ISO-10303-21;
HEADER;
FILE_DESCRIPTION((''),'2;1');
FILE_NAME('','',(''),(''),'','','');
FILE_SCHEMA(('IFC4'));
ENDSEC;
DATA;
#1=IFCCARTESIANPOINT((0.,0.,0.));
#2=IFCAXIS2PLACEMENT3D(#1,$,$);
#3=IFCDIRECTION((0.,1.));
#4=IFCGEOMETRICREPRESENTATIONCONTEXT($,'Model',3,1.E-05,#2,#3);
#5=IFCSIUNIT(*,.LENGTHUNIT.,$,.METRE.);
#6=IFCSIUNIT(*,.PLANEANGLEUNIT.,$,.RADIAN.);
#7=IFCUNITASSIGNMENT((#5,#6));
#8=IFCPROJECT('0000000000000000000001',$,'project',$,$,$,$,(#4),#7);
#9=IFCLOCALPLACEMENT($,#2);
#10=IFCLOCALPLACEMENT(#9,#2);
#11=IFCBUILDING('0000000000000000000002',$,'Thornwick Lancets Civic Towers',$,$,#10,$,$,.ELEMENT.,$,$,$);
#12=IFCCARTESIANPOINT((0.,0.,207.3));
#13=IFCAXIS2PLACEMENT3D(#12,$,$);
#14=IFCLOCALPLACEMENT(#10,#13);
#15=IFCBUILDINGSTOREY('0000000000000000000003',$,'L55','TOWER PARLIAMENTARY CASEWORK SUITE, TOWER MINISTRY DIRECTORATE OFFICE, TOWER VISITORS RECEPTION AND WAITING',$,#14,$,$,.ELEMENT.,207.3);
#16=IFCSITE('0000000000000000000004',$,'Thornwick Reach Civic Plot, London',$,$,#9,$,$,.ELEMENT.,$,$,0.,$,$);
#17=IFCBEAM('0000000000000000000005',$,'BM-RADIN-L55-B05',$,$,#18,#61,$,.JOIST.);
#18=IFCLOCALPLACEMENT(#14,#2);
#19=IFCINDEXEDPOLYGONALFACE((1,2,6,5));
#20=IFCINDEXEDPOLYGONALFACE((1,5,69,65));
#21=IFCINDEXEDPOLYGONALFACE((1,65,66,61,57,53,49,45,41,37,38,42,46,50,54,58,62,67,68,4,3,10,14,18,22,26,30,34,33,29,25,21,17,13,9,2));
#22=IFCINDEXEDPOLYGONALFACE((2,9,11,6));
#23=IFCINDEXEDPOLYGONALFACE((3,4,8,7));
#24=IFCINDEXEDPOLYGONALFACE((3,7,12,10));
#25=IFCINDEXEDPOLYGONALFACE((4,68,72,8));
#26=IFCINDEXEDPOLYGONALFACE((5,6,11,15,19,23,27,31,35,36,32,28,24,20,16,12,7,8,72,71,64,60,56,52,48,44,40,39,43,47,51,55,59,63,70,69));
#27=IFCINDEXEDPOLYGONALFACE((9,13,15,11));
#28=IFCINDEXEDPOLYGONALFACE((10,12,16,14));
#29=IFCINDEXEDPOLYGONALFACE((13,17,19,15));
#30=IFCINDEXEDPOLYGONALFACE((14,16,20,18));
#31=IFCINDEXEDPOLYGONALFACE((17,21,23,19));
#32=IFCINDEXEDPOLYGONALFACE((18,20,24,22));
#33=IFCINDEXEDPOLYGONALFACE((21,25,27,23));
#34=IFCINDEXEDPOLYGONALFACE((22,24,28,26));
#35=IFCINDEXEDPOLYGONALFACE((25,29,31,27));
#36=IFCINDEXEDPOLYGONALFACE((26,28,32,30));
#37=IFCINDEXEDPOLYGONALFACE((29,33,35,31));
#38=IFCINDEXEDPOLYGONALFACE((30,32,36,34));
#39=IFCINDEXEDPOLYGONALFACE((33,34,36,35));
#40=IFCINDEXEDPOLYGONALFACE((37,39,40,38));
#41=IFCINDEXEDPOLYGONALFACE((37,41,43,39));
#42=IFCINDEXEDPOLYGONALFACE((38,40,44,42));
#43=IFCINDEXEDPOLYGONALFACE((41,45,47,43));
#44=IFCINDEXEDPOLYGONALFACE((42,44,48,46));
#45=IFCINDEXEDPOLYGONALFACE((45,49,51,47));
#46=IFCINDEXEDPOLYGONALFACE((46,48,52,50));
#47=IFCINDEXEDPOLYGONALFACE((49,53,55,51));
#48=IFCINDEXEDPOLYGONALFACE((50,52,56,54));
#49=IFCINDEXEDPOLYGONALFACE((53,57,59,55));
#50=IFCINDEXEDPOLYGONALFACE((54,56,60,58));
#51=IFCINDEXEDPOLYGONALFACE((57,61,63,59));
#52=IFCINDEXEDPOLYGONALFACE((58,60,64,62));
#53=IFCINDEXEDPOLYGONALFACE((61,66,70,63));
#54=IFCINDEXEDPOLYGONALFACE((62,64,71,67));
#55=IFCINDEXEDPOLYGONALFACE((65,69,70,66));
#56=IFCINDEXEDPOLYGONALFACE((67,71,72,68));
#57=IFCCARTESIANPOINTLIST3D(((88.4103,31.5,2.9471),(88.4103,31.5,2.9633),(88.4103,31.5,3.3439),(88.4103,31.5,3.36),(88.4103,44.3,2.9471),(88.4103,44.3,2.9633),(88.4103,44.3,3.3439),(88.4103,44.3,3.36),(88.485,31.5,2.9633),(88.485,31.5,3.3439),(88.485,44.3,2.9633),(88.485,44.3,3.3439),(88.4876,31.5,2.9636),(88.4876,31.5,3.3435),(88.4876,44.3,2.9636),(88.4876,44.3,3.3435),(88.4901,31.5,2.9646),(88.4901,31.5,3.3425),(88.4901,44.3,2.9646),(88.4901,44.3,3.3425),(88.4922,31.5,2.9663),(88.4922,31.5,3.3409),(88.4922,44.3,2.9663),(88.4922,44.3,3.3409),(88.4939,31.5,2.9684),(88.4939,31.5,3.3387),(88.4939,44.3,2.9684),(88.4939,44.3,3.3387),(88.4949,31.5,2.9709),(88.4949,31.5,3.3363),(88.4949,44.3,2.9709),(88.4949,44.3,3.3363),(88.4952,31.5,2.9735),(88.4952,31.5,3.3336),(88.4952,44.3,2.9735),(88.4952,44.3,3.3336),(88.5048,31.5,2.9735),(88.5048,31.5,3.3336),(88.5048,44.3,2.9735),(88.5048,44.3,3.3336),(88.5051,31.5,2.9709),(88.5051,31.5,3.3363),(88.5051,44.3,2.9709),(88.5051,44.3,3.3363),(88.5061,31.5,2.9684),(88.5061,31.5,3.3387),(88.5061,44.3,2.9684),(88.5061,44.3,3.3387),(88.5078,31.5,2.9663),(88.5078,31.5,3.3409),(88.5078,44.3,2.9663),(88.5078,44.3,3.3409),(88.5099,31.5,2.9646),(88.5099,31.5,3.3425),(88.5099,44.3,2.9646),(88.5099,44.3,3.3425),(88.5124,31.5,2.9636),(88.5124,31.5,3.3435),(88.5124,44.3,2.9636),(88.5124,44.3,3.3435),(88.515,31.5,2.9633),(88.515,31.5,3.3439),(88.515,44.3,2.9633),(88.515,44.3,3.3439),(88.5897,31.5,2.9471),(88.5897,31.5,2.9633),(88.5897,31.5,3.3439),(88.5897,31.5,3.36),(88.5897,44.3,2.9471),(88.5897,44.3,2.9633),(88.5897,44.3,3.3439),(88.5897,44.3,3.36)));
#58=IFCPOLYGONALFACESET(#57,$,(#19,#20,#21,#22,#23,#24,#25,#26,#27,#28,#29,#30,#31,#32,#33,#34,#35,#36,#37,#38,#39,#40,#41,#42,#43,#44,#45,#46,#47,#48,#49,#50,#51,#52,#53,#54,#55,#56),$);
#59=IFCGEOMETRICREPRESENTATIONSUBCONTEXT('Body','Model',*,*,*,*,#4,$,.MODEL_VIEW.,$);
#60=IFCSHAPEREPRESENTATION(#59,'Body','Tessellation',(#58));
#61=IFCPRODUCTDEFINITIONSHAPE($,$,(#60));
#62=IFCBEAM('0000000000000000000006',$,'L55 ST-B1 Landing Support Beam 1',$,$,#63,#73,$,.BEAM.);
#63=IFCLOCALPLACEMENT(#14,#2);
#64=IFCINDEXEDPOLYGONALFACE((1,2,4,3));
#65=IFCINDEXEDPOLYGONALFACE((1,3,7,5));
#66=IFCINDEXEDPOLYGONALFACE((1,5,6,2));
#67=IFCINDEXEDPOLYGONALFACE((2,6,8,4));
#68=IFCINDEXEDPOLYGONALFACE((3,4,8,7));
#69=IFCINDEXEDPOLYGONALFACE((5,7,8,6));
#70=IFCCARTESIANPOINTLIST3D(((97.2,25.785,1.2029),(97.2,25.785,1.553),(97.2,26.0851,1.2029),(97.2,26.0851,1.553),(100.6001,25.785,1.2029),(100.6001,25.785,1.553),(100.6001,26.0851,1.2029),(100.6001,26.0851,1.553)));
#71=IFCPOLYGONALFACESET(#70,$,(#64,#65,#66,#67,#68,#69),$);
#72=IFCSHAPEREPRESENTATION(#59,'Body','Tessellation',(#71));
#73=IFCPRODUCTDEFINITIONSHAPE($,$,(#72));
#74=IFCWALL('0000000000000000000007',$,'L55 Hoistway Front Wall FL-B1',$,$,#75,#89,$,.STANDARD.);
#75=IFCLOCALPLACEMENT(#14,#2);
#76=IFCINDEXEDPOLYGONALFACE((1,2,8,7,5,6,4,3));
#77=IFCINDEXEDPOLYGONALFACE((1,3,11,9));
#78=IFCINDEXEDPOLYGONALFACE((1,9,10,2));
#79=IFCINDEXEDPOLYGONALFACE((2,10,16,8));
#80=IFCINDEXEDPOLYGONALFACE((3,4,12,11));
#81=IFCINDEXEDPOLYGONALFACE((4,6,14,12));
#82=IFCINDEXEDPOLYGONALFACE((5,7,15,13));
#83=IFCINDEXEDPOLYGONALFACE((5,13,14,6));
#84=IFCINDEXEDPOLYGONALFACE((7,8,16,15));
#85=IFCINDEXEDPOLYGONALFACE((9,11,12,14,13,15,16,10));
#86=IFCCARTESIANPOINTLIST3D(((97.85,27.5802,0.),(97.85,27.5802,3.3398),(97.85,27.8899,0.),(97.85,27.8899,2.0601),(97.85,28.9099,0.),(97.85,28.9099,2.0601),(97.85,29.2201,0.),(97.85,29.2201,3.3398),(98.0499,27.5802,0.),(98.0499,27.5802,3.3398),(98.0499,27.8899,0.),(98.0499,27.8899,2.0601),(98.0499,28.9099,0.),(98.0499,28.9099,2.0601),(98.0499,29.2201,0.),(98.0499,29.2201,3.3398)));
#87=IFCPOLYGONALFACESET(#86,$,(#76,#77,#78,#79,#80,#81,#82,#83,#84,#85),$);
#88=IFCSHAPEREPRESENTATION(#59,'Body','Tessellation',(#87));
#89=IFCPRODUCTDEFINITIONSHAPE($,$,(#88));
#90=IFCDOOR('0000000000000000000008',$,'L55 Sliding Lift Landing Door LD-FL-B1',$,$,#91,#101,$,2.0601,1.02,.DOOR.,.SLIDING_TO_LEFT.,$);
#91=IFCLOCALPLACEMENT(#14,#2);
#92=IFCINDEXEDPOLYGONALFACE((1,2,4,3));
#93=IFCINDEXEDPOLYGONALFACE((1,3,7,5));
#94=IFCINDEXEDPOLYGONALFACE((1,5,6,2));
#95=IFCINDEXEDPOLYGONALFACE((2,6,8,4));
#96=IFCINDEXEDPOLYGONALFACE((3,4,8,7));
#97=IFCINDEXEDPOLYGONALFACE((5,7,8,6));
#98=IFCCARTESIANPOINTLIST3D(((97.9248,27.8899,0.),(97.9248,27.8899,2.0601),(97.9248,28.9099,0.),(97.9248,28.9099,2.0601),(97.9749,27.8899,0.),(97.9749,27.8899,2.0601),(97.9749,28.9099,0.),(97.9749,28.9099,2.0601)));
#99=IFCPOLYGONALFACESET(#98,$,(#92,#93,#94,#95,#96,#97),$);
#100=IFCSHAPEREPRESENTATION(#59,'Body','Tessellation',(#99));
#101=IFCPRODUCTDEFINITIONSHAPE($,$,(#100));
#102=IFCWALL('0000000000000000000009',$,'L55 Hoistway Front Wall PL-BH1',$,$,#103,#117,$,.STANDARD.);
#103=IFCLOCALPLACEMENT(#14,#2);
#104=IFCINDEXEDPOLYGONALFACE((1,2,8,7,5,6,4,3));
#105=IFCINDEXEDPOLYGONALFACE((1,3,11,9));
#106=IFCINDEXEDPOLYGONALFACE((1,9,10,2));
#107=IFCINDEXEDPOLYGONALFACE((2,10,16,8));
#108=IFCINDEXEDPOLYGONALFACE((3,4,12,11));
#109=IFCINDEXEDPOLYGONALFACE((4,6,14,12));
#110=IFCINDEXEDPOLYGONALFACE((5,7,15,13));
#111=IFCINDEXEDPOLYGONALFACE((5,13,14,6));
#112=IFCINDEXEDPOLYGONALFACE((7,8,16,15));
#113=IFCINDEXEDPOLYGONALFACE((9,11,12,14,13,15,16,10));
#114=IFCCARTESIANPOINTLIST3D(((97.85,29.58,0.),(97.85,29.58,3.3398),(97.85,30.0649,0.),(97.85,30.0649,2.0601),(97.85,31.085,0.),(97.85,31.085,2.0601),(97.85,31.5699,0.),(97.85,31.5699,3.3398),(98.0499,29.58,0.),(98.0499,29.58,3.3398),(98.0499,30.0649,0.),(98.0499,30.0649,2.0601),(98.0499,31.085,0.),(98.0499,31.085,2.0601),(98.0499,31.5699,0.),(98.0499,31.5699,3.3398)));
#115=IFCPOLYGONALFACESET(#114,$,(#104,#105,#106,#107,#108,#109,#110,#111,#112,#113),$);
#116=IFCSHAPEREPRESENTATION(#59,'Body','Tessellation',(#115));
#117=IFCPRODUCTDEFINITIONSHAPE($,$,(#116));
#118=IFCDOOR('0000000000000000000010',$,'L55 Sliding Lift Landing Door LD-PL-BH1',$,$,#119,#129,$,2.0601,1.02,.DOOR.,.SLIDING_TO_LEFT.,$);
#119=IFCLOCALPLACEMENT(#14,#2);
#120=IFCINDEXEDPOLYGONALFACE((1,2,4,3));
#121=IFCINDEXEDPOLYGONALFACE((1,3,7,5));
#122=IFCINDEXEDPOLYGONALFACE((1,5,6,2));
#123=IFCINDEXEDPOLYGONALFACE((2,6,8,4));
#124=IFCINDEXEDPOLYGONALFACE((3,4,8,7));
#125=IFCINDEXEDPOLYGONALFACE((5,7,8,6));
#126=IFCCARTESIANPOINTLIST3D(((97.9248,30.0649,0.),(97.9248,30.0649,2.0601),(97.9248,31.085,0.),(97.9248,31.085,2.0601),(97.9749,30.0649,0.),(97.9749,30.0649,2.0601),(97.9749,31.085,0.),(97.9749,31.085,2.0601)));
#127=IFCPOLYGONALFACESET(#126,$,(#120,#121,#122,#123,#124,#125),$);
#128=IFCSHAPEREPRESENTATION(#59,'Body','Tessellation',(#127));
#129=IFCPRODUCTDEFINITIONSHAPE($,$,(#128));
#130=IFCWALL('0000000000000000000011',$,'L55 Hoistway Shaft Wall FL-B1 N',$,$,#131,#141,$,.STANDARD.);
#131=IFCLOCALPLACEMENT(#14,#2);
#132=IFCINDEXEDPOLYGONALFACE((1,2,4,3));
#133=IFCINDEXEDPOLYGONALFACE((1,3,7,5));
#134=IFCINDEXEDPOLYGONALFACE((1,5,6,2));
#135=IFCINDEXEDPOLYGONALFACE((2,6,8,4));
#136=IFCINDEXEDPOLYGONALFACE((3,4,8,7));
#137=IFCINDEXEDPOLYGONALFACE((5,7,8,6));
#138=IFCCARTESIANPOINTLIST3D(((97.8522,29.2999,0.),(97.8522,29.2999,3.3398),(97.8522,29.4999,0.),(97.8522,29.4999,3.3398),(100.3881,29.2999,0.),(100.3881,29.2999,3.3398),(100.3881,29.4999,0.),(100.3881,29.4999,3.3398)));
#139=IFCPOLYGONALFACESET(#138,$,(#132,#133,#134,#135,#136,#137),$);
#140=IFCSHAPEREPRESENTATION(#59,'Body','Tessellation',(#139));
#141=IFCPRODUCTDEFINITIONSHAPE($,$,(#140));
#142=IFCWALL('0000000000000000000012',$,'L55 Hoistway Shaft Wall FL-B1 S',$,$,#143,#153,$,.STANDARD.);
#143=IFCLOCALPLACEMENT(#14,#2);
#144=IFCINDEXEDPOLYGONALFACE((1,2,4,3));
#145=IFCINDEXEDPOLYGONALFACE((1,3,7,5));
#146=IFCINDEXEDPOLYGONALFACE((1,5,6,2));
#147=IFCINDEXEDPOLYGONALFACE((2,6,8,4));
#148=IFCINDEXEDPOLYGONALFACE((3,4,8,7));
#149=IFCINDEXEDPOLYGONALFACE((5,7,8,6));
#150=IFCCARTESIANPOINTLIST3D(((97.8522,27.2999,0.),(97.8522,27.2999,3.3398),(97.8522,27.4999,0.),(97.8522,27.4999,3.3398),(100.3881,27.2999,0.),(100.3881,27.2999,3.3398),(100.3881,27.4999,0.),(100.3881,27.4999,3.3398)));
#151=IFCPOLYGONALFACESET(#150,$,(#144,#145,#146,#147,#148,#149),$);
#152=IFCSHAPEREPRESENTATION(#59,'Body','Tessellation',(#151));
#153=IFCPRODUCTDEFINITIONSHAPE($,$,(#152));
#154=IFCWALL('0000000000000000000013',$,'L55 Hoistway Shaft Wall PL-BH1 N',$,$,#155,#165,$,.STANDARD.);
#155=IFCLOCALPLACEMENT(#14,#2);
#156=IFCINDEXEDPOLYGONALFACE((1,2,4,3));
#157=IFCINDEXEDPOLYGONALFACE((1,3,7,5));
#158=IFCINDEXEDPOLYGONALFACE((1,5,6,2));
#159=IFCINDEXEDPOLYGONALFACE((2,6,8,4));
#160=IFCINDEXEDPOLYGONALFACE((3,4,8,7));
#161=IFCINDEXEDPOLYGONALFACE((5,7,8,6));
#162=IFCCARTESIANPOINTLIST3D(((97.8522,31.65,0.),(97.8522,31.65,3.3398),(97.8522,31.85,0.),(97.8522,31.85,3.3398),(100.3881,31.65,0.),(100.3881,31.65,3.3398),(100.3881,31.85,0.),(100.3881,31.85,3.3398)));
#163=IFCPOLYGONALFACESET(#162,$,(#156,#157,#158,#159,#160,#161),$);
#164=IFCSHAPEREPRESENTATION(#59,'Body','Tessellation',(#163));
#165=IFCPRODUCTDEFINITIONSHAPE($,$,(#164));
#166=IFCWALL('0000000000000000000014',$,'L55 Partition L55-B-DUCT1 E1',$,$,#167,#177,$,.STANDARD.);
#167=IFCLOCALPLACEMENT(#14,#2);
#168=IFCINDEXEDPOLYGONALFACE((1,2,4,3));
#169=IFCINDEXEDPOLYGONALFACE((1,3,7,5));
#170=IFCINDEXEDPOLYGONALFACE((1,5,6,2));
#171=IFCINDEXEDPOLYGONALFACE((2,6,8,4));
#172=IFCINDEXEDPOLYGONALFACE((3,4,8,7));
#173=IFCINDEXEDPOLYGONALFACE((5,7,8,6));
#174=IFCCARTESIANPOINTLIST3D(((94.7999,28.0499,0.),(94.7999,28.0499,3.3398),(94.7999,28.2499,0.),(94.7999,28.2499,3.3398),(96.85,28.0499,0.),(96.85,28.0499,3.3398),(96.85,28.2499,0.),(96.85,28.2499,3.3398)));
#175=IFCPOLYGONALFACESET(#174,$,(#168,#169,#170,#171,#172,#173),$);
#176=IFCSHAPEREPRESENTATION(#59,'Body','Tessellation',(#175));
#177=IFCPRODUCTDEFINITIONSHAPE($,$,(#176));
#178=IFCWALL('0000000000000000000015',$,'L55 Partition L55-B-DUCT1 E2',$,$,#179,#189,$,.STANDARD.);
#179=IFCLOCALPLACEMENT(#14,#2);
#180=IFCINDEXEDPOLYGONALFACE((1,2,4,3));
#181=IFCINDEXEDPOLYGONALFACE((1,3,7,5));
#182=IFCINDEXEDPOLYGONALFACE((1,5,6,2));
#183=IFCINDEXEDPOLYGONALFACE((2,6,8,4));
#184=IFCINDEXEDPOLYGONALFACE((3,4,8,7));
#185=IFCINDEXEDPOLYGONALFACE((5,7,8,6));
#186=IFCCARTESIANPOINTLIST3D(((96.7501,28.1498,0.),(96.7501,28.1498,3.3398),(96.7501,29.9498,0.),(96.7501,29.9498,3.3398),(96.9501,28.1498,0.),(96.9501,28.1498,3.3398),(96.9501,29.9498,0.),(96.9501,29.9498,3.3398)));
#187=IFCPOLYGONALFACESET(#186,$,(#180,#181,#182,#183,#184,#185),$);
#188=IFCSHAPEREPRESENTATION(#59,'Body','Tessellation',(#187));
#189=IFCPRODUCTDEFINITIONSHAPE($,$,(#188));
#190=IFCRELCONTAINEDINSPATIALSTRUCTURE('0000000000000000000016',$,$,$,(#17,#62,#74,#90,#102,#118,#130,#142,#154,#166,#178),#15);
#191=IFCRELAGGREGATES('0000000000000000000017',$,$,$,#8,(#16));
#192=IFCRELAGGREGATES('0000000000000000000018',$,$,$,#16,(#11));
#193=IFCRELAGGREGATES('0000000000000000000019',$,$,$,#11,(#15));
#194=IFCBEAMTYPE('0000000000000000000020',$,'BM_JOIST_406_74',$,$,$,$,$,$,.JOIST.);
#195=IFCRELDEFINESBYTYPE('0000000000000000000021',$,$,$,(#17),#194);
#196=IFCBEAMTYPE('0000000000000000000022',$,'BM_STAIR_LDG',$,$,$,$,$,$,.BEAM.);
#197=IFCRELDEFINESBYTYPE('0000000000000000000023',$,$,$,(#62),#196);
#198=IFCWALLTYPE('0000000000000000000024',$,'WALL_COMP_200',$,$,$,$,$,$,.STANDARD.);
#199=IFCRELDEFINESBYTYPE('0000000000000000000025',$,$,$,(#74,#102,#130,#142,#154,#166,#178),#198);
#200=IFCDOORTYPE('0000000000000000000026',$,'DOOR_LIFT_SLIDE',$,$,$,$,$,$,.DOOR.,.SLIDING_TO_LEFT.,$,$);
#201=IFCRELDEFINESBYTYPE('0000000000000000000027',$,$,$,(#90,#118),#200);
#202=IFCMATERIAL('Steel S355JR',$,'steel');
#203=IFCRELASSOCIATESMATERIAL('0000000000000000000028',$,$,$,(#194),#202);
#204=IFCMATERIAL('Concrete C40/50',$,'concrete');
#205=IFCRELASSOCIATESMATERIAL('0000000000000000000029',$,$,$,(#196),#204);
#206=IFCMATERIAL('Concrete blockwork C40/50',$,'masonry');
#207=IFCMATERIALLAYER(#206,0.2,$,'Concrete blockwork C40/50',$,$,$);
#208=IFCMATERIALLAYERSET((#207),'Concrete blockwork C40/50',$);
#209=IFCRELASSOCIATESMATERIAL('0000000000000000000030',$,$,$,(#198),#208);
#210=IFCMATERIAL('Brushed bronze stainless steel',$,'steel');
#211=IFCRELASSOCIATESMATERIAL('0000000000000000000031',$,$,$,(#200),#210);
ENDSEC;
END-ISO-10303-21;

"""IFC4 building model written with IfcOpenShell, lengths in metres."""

from ifc_helpers import new_model, si_unit, direction, frame, frame_2d, origin, origin_2d, place, context, subcontext, project, spatial, rectangle, i_section, extrude, material, layer, layer_set, material_profile, profile_set, type_object, element, fill, save


model = new_model("IFC4")

# Units and contexts
model_context = context("Model", 3, precision=1e-05, world=origin(), true_north=direction((0.0, 1.0)))
body_context = subcontext(model_context, "Body", "Model", "MODEL_VIEW")
ifc_project = project(units=[si_unit("LENGTHUNIT", "METRE"), si_unit("PLANEANGLEUNIT", "RADIAN")], contexts=[model_context])

# Site, building, storey
site_placement = place(None, origin())
site = spatial("IfcSite", under=ifc_project, at=site_placement, Name="Thornwick Reach Civic Plot, London", CompositionType="ELEMENT", RefElevation=0.0)
building_placement = place(site_placement, origin())
building = spatial("IfcBuilding", under=site, at=building_placement, Name="Thornwick Lancets Civic Towers", CompositionType="ELEMENT")
storey_placement = place(building_placement, frame((0.0, 0.0, 207.3)))
storey = spatial("IfcBuildingStorey", under=building, at=storey_placement, Name="L55", Description="TOWER PARLIAMENTARY CASEWORK SUITE, TOWER MINISTRY DIRECTORATE OFFICE, TOWER VISITORS RECEPTION AND WAITING", CompositionType="ELEMENT", Elevation=207.3)

# Beams
ifc_material_1 = material(Name="Steel S355JR", Category="steel")
ifc_material_profile_1 = material_profile(ifc_material_1, i_section(OverallWidth=0.1794, OverallDepth=0.4128, WebThickness=0.0095, FlangeThickness=0.0161, FilletRadius=0.0103, at=origin_2d()), Name="UKB 406x178x74")
ifc_profile_set_1 = profile_set([ifc_material_profile_1], Name="Steel S355JR")
beam_type_1 = type_object("IfcBeamType", Name="BM_JOIST_406_74", PredefinedType="JOIST", material=ifc_profile_set_1)
beam_1_placement = place(storey_placement, frame((88.5, 31.5, 3.1536), z_axis=(0.0, 1.0, 0.0), x_axis=(-1.0, 0.0, 0.0)))
element("IfcBeam", 1, at=beam_1_placement, inside=storey, type_object=beam_type_1, Name="BM-RADIN-L55-B05", PredefinedType="JOIST", context=body_context, shape_type="SweptSolid", body=[
    extrude(i_section(OverallWidth=0.1794, OverallDepth=0.4128, WebThickness=0.0095, FlangeThickness=0.0161, FilletRadius=0.0103, at=origin_2d()), origin(), (0.0, 0.0, 1.0), 12.8),
])
ifc_material_2 = material(Name="Concrete C40/50", Category="concrete")
ifc_material_profile_2 = material_profile(ifc_material_2, rectangle(XDim=0.3, YDim=0.3501, at=origin_2d()), Name="RC 300x350")
ifc_profile_set_2 = profile_set([ifc_material_profile_2], Name="Concrete C40/50")
beam_type_2 = type_object("IfcBeamType", Name="BM_STAIR_LDG", PredefinedType="BEAM", material=ifc_profile_set_2)
beam_2_placement = place(storey_placement, frame((100.6001, 25.9351, 1.3779), z_axis=(-1.0, 0.0, 0.0), x_axis=(0.0, -1.0, 0.0)))
element("IfcBeam", 2, at=beam_2_placement, inside=storey, type_object=beam_type_2, Name="L55 ST-B1 Landing Support Beam 1", PredefinedType="BEAM", context=body_context, shape_type="SweptSolid", body=[
    extrude(rectangle(XDim=0.3, YDim=0.3501, at=origin_2d()), origin(), (0.0, 0.0, 1.0), 3.4001),
])

# Walls, openings, doors
ifc_material_3 = material(Name="Concrete blockwork C40/50", Category="masonry")
ifc_layer_1 = layer(ifc_material_3, 0.2, Name="Concrete blockwork C40/50")
ifc_layer_set_1 = layer_set([ifc_layer_1], Name="Concrete blockwork C40/50")
wall_type_1 = type_object("IfcWallType", Name="WALL_COMP_200", PredefinedType="STANDARD", material=ifc_layer_set_1)
wall_1_placement = place(storey_placement, frame((97.95, 29.22, 0.0), z_axis=(0.0, 0.0, 1.0), x_axis=(0.0, -1.0, 0.0)))
wall_1 = element("IfcWall", 3, at=wall_1_placement, inside=storey, type_object=wall_type_1, Name="L55 Hoistway Front Wall FL-B1", PredefinedType="STANDARD", context=body_context, shape_type="SweptSolid", body=[
    extrude(rectangle(XDim=1.6399, YDim=0.2, at=frame_2d((0.8198, 0.0))), origin(), (0.0, 0.0, 1.0), 3.3398),
])
opening_1_placement = place(wall_1_placement, frame((0.3101, 0.0, 0.0)))
opening_1 = element("IfcOpeningElement", 4, at=opening_1_placement, cuts=wall_1, PredefinedType="OPENING", context=body_context, shape_type="SweptSolid", body=[
    extrude(rectangle(XDim=1.02, YDim=2.0601, at=frame_2d((0.51, 1.03))), frame((0.0, 0.1099, 0.0), z_axis=(0.0, -1.0, 0.0), x_axis=(1.0, 0.0, 0.0)), (0.0, 0.0, 1.0), 0.22),
])
ifc_material_4 = material(Name="Brushed bronze stainless steel", Category="steel")
door_type_1 = type_object("IfcDoorType", Name="DOOR_LIFT_SLIDE", OperationType="SLIDING_TO_LEFT", PredefinedType="DOOR", material=ifc_material_4)
door_1_placement = place(opening_1_placement, origin())
door_1 = element("IfcDoor", 5, at=door_1_placement, inside=storey, type_object=door_type_1, Name="L55 Sliding Lift Landing Door LD-FL-B1", OperationType="SLIDING_TO_LEFT", OverallHeight=2.0601, OverallWidth=1.02, PredefinedType="DOOR", context=body_context, shape_type="SweptSolid", body=[
    extrude(rectangle(XDim=1.02, YDim=2.0601, at=frame_2d((0.51, 1.03))), frame((0.0, 0.0249, 0.0), z_axis=(0.0, -1.0, 0.0), x_axis=(1.0, 0.0, 0.0)), (0.0, 0.0, 1.0), 0.05),
])
fill(opening_1, door_1)
wall_2_placement = place(storey_placement, frame((97.95, 31.5701, 0.0), z_axis=(0.0, 0.0, 1.0), x_axis=(0.0, -1.0, 0.0)))
wall_2 = element("IfcWall", 6, at=wall_2_placement, inside=storey, type_object=wall_type_1, Name="L55 Hoistway Front Wall PL-BH1", PredefinedType="STANDARD", context=body_context, shape_type="SweptSolid", body=[
    extrude(rectangle(XDim=1.99, YDim=0.2, at=frame_2d((0.9951, 0.0))), origin(), (0.0, 0.0, 1.0), 3.3398),
])
opening_2_placement = place(wall_2_placement, frame((0.4851, 0.0, 0.0)))
opening_2 = element("IfcOpeningElement", 7, at=opening_2_placement, cuts=wall_2, PredefinedType="OPENING", context=body_context, shape_type="SweptSolid", body=[
    extrude(rectangle(XDim=1.02, YDim=2.0601, at=frame_2d((0.51, 1.03))), frame((0.0, 0.1099, 0.0), z_axis=(0.0, -1.0, 0.0), x_axis=(1.0, 0.0, 0.0)), (0.0, 0.0, 1.0), 0.22),
])
door_2_placement = place(opening_2_placement, origin())
door_2 = element("IfcDoor", 8, at=door_2_placement, inside=storey, type_object=door_type_1, Name="L55 Sliding Lift Landing Door LD-PL-BH1", OperationType="SLIDING_TO_LEFT", OverallHeight=2.0601, OverallWidth=1.02, PredefinedType="DOOR", context=body_context, shape_type="SweptSolid", body=[
    extrude(rectangle(XDim=1.02, YDim=2.0601, at=frame_2d((0.51, 1.03))), frame((0.0, 0.0249, 0.0), z_axis=(0.0, -1.0, 0.0), x_axis=(1.0, 0.0, 0.0)), (0.0, 0.0, 1.0), 0.05),
])
fill(opening_2, door_2)

# Walls
for number, where, z_axis, x_axis, name in (
    (9, (97.8521, 29.3999, 0.0), (0.0, 0.0, 1.0), (1.0, 0.0, 0.0), "L55 Hoistway Shaft Wall FL-B1 N"),
    (10, (97.8521, 27.3999, 0.0), (0.0, 0.0, 1.0), (1.0, 0.0, 0.0), "L55 Hoistway Shaft Wall FL-B1 S"),
    (11, (97.8521, 31.75, 0.0), (0.0, 0.0, 1.0), (1.0, 0.0, 0.0), "L55 Hoistway Shaft Wall PL-BH1 N"),
):
    element("IfcWall", number, at=place(storey_placement, frame(where, z_axis=z_axis, x_axis=x_axis)), inside=storey, type_object=wall_type_1, Name=name, PredefinedType="STANDARD", context=body_context, shape_type="SweptSolid", body=[
        extrude(rectangle(XDim=2.5359, YDim=0.2, at=frame_2d((1.2681, 0.0))), origin(), (0.0, 0.0, 1.0), 3.3398),
    ])
wall_3_placement = place(storey_placement, frame((94.8, 28.1499, 0.0), z_axis=(0.0, 0.0, 1.0), x_axis=(1.0, 0.0, 0.0)))
element("IfcWall", 12, at=wall_3_placement, inside=storey, type_object=wall_type_1, Name="L55 Partition L55-B-DUCT1 E1", PredefinedType="STANDARD", context=body_context, shape_type="SweptSolid", body=[
    extrude(rectangle(XDim=2.05, YDim=0.2, at=frame_2d((1.0249, 0.0))), origin(), (0.0, 0.0, 1.0), 3.3398),
])
wall_4_placement = place(storey_placement, frame((96.8501, 28.1499, 0.0), z_axis=(0.0, 0.0, 1.0), x_axis=(0.0, 1.0, 0.0)))
element("IfcWall", 13, at=wall_4_placement, inside=storey, type_object=wall_type_1, Name="L55 Partition L55-B-DUCT1 E2", PredefinedType="STANDARD", context=body_context, shape_type="SweptSolid", body=[
    extrude(rectangle(XDim=1.8, YDim=0.2, at=frame_2d((0.8999, 0.0))), origin(), (0.0, 0.0, 1.0), 3.3398),
])

save(model, "model.ifc")
